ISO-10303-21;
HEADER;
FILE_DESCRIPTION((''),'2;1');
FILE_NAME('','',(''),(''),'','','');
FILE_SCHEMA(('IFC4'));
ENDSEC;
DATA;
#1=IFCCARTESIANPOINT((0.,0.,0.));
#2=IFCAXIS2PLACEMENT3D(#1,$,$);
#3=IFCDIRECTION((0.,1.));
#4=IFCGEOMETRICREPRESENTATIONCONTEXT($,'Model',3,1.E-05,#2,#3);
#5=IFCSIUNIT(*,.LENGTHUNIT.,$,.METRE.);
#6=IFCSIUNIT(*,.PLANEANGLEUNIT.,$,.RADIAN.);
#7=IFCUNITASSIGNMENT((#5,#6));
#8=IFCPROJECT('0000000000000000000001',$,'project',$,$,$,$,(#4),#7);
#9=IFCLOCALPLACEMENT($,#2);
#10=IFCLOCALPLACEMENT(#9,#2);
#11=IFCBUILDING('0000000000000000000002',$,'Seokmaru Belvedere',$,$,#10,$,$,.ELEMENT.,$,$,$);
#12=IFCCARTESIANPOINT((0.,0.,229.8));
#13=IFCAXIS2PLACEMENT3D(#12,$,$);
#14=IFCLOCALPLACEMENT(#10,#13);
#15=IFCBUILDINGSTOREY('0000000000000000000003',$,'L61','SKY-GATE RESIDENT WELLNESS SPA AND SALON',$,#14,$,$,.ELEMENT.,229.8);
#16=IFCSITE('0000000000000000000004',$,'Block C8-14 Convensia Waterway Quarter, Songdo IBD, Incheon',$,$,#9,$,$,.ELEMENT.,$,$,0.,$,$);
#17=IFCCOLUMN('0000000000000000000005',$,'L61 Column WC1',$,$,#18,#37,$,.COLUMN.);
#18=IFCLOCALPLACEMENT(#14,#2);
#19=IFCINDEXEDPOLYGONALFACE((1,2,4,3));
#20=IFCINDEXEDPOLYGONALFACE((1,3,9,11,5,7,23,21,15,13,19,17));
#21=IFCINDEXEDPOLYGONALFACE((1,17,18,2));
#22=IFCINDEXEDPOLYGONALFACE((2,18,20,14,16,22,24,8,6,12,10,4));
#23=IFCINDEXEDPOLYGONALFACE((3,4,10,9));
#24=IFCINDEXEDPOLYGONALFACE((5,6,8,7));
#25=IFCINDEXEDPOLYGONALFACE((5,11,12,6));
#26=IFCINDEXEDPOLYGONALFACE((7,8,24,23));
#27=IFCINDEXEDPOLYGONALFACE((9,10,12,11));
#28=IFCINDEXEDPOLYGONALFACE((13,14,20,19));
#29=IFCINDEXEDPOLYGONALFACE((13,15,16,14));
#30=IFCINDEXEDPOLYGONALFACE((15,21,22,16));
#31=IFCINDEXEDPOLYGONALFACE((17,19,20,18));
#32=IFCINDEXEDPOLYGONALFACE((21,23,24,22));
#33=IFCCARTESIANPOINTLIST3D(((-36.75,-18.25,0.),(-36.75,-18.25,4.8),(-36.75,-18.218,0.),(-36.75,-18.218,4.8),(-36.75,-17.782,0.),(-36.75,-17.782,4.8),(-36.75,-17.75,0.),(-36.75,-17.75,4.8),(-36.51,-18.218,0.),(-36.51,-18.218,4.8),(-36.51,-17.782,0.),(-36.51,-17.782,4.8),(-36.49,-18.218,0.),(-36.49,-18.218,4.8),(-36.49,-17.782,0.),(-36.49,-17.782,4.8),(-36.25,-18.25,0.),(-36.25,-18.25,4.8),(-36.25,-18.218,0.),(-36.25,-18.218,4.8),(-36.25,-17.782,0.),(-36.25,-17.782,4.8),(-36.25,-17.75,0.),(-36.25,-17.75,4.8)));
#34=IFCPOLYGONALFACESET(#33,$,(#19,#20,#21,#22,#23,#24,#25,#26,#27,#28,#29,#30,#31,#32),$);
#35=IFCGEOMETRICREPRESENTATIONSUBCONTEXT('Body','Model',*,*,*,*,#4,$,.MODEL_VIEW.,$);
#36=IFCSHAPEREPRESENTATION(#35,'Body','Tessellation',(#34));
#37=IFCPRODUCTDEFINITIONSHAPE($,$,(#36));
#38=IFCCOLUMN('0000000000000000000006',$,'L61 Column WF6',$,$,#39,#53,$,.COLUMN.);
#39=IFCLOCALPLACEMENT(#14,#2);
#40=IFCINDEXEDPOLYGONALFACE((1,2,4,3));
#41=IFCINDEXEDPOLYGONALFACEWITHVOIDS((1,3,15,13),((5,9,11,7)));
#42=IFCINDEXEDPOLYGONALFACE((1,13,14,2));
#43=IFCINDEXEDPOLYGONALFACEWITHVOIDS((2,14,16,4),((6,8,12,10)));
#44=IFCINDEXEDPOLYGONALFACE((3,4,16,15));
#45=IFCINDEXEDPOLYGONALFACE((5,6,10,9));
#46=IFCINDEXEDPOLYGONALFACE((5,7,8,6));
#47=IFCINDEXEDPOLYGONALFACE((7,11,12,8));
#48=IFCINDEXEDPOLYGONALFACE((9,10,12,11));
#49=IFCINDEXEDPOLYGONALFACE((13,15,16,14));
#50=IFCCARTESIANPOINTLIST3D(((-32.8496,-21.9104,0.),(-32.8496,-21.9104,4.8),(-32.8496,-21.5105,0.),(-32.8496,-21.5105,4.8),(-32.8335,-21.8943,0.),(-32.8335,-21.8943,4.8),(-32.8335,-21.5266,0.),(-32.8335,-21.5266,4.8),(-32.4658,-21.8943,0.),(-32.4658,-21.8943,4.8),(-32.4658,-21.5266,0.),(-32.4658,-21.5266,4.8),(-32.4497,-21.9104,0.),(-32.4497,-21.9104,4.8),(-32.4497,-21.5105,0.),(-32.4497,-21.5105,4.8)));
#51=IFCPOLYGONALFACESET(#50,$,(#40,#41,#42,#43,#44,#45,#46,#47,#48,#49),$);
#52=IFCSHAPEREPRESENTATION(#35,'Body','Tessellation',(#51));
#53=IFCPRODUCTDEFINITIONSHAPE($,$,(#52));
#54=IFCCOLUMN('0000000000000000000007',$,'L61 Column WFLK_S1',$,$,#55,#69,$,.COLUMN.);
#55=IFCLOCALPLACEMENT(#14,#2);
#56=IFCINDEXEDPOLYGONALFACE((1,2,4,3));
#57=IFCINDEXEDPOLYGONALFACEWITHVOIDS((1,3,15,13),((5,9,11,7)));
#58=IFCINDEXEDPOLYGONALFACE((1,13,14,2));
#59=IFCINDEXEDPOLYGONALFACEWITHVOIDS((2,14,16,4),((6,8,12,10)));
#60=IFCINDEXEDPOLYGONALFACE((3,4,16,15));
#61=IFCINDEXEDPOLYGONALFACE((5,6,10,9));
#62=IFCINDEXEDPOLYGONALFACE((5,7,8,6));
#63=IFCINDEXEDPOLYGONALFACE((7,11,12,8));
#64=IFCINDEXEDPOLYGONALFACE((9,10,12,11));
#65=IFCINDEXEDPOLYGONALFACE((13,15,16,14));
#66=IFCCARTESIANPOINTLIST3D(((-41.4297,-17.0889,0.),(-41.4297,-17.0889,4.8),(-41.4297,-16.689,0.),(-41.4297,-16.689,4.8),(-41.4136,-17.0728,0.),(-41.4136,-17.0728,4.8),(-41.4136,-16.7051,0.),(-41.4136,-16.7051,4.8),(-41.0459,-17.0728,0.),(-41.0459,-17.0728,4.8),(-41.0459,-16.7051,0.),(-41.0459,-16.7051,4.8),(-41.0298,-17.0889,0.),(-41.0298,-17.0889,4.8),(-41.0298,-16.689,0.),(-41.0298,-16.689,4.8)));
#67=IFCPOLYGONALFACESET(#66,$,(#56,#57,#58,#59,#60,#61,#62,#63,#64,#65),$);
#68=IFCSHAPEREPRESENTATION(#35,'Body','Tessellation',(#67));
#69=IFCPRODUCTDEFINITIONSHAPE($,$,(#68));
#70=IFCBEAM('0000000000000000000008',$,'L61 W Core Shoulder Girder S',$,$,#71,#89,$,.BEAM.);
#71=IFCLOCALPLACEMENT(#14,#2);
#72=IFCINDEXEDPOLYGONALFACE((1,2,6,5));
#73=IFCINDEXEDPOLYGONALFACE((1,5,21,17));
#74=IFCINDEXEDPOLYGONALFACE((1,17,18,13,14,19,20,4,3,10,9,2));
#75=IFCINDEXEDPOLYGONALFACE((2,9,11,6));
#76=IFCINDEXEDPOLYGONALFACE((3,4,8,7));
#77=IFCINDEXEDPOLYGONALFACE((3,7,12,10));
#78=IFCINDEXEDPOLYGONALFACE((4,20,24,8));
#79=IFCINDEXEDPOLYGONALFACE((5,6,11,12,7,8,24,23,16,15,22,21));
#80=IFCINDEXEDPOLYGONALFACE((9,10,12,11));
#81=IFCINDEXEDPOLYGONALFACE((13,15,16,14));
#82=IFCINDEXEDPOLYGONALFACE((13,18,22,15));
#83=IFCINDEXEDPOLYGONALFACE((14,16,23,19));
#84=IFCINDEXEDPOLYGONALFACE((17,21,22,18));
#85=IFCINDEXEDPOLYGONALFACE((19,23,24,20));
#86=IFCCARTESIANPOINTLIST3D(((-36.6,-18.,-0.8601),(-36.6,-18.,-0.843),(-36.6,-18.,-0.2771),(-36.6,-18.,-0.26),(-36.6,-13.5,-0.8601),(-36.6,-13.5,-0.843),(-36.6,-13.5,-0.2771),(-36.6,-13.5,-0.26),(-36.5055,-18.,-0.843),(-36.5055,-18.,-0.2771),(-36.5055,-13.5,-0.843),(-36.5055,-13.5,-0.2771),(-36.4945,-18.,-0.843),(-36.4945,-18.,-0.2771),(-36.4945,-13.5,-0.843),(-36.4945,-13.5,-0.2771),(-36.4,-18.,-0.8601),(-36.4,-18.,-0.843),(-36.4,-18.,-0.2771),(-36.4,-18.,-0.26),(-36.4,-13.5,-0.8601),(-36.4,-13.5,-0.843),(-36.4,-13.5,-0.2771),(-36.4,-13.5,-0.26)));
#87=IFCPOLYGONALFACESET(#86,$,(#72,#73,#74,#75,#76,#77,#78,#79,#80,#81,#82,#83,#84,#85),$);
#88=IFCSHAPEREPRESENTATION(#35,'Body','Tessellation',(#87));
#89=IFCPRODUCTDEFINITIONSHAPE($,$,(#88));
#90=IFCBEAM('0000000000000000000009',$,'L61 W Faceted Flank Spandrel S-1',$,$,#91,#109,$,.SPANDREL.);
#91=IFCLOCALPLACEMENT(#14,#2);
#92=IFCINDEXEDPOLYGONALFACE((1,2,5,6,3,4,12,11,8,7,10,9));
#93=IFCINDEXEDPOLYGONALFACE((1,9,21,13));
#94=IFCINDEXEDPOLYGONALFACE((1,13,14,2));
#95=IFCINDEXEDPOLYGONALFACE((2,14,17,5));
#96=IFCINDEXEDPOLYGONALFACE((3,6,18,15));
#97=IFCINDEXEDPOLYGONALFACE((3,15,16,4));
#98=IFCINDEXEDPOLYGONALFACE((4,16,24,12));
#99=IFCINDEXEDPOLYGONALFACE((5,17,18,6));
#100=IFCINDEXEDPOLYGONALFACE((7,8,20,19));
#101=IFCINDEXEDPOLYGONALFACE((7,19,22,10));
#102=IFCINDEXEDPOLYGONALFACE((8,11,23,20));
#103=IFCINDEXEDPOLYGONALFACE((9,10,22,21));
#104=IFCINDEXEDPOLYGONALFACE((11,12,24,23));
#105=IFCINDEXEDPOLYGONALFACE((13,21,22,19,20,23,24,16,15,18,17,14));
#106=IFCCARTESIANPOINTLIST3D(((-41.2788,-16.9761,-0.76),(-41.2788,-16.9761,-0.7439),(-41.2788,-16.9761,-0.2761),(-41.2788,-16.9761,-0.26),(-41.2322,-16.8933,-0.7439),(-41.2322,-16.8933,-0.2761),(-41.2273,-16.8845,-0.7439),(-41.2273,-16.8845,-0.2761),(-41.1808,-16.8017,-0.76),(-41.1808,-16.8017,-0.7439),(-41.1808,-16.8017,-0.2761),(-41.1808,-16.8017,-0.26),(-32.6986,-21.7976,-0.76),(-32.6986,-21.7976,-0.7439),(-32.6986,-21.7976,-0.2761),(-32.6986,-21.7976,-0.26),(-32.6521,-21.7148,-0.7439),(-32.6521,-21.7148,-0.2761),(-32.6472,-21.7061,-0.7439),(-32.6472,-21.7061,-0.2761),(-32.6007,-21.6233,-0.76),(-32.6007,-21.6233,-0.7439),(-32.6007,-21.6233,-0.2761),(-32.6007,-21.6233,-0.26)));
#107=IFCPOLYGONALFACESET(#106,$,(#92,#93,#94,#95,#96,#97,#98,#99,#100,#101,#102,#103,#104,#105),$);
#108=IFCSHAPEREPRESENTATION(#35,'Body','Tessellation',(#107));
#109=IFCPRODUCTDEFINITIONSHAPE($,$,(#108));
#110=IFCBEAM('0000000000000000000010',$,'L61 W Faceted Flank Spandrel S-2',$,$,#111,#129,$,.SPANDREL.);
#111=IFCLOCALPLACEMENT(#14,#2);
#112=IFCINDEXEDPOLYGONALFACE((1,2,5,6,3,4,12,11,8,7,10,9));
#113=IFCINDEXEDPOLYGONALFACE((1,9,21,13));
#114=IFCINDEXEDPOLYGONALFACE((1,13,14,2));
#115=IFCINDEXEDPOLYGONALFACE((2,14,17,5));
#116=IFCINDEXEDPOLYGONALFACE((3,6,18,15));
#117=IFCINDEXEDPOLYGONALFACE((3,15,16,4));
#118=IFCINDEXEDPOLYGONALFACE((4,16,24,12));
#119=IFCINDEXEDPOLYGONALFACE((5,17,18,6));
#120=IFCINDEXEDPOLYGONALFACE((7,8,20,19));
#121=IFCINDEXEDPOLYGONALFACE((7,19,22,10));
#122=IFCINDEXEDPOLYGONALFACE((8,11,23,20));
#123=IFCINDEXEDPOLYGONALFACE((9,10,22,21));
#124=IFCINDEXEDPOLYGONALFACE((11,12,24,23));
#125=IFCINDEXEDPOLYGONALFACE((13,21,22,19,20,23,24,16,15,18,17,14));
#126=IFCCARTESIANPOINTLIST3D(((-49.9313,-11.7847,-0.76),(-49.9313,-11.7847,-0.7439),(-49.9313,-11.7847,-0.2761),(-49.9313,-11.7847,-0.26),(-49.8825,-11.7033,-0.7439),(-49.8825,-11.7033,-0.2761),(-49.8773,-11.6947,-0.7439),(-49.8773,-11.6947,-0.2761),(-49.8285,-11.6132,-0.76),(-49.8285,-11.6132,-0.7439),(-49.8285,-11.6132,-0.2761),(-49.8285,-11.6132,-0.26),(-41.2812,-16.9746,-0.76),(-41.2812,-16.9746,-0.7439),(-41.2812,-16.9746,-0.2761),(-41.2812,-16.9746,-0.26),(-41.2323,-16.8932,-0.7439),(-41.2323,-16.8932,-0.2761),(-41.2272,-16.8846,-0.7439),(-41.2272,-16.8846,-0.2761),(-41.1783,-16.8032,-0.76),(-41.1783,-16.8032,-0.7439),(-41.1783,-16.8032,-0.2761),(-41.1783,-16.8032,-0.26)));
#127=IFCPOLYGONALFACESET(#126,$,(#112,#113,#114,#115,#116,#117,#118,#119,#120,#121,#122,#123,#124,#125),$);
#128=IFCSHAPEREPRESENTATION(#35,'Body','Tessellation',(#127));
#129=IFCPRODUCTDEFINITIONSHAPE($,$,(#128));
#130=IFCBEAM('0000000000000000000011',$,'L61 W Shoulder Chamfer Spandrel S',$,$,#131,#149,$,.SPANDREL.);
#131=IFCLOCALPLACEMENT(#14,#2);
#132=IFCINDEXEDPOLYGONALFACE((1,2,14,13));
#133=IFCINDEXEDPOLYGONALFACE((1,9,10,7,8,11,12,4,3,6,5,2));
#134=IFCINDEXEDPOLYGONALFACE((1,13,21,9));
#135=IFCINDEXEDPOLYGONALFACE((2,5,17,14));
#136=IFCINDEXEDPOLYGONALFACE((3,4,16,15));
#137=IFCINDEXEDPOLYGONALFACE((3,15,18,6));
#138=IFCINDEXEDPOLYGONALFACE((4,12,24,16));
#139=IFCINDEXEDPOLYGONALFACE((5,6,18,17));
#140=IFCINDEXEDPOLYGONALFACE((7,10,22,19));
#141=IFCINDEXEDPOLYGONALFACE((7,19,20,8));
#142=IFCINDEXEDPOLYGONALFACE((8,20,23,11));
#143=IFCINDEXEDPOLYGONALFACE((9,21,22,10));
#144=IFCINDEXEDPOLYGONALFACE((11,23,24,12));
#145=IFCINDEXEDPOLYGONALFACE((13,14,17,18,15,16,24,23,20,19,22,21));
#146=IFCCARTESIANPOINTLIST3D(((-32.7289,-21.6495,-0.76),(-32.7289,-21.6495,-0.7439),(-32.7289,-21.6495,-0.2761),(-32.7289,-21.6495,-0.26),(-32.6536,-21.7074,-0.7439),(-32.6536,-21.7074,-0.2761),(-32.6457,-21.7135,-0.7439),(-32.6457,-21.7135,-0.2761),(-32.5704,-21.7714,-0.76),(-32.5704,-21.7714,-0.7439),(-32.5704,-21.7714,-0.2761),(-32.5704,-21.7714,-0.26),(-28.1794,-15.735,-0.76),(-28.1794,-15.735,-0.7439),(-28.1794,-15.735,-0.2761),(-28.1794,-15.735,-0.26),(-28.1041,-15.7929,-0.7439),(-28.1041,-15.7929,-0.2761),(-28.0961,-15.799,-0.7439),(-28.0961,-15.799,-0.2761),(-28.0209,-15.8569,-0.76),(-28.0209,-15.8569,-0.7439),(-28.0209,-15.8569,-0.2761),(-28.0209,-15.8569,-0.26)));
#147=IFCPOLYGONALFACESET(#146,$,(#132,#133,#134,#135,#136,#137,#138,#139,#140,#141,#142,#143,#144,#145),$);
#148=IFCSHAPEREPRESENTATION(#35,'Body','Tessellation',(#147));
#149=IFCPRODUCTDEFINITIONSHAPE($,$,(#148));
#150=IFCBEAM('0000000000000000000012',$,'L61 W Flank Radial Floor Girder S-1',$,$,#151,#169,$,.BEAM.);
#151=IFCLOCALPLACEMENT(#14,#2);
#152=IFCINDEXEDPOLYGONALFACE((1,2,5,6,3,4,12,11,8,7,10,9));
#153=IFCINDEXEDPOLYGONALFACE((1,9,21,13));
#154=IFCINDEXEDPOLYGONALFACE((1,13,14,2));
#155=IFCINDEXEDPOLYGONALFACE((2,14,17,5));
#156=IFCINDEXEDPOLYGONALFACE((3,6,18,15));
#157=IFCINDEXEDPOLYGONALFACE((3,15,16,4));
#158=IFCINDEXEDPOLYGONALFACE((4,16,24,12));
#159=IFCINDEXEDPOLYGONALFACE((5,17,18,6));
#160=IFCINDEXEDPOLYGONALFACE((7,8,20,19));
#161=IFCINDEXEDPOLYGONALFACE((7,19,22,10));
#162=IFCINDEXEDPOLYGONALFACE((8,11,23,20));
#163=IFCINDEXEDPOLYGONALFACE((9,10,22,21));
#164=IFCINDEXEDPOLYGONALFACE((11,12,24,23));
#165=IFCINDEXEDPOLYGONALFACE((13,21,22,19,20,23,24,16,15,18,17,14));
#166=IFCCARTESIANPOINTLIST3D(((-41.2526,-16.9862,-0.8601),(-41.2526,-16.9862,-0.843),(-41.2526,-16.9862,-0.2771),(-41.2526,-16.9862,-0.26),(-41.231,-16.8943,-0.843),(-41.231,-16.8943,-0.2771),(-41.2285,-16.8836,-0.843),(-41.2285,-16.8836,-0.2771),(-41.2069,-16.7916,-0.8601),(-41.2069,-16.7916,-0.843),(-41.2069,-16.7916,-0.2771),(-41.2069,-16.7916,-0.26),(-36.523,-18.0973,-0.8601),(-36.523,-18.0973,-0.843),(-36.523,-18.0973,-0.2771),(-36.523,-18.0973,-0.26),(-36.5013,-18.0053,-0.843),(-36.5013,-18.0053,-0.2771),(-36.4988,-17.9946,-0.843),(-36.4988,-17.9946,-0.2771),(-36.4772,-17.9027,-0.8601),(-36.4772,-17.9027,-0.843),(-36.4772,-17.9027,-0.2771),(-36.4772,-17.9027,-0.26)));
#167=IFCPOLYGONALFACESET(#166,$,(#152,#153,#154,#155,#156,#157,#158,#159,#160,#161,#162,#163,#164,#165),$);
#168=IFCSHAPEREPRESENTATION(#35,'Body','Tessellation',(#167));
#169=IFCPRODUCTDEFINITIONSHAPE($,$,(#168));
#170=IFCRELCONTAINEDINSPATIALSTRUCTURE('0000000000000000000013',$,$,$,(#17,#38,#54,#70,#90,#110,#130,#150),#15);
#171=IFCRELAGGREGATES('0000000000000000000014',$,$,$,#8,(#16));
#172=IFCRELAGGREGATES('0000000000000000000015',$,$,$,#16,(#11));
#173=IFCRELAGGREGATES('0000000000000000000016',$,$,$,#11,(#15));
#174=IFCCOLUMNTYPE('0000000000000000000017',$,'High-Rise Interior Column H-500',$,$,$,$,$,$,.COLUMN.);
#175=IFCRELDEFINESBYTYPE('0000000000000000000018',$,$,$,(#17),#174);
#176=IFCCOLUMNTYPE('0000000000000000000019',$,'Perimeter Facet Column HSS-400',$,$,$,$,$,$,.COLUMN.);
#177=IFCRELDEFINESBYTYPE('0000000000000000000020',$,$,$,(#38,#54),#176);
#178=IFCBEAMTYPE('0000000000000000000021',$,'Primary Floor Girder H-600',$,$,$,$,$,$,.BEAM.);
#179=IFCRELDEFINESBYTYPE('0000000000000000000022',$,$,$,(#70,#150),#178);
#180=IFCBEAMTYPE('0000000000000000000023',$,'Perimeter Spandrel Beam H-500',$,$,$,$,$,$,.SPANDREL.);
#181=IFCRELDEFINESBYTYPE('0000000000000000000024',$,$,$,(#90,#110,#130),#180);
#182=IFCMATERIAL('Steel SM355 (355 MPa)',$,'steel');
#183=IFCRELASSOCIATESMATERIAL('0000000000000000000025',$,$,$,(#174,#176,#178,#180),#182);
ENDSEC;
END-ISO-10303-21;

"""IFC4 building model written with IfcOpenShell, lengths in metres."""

from ifc_helpers import new_model, si_unit, direction, frame, origin, origin_2d, place, context, subcontext, project, spatial, hollow_rectangle, i_section, extrude, source, transform, mapped, material, material_profile, profile_set, type_object, type_shapes, element, save


model = new_model("IFC4")

# Units and contexts
model_context = context("Model", 3, precision=1e-05, world=origin(), true_north=direction((0.0, 1.0)))
body_context = subcontext(model_context, "Body", "Model", "MODEL_VIEW")
ifc_project = project(units=[si_unit("LENGTHUNIT", "METRE"), si_unit("PLANEANGLEUNIT", "RADIAN")], contexts=[model_context])

# Site, building, storey
site_placement = place(None, origin())
site = spatial("IfcSite", under=ifc_project, at=site_placement, Name="Block C8-14 Convensia Waterway Quarter, Songdo IBD, Incheon", CompositionType="ELEMENT", RefElevation=0.0)
building_placement = place(site_placement, origin())
building = spatial("IfcBuilding", under=site, at=building_placement, Name="Seokmaru Belvedere", CompositionType="ELEMENT")
storey_placement = place(building_placement, frame((0.0, 0.0, 229.8)))
storey = spatial("IfcBuildingStorey", under=building, at=storey_placement, Name="L61", Description="SKY-GATE RESIDENT WELLNESS SPA AND SALON", CompositionType="ELEMENT", Elevation=229.8)

# Columns
ifc_material_1 = material(Name="Steel SM355 (355 MPa)", Category="steel")
ifc_material_profile_1 = material_profile(ifc_material_1, i_section(OverallWidth=0.5, OverallDepth=0.5, WebThickness=0.02, FlangeThickness=0.032, at=origin_2d()), Name="H-500x500x20x32")
ifc_profile_set_1 = profile_set([ifc_material_profile_1], Name="Steel SM355 (355 MPa)")
column_type_1 = type_object("IfcColumnType", Name="High-Rise Interior Column H-500", PredefinedType="COLUMN", material=ifc_profile_set_1)
shared_shape_1 = source(origin(), body_context, "Body", "SweptSolid", [
    extrude(i_section(OverallWidth=0.5, OverallDepth=0.5, WebThickness=0.02, FlangeThickness=0.032, at=origin_2d()), origin(), (0.0, 0.0, 1.0), 4.8),
])
type_shapes(column_type_1, [shared_shape_1])
column_placement = place(storey_placement, frame((-36.5, -18.0, 0.0), z_axis=(0.0, 0.0, 1.0), x_axis=(1.0, 0.0, 0.0)))
element("IfcColumn", 1, at=column_placement, inside=storey, type_object=column_type_1, Name="L61 Column WC1", PredefinedType="COLUMN", context=body_context, shape_type="MappedRepresentation", body=[
    mapped(shared_shape_1, transform((0.0, 0.0, 0.0), scale=1.0)),
])
ifc_material_profile_2 = material_profile(ifc_material_1, hollow_rectangle(XDim=0.3999, YDim=0.3999, WallThickness=0.0161, at=origin_2d()), Name="HSS-400x400x16")
ifc_profile_set_2 = profile_set([ifc_material_profile_2], Name="Steel SM355 (355 MPa)")
column_type_2 = type_object("IfcColumnType", Name="Perimeter Facet Column HSS-400", PredefinedType="COLUMN", material=ifc_profile_set_2)
shared_shape_2 = source(origin(), body_context, "Body", "SweptSolid", [
    extrude(hollow_rectangle(XDim=0.3999, YDim=0.3999, WallThickness=0.0161, at=origin_2d()), origin(), (0.0, 0.0, 1.0), 4.8),
])
type_shapes(column_type_2, [shared_shape_2])
for number, where, z_axis, x_axis, name in (
    (2, (-32.6497, -21.7104, 0.0), (0.0, 0.0, 1.0), (1.0, 0.0, 0.0), "L61 Column WF6"),
    (3, (-41.2297, -16.8889, 0.0), (0.0, 0.0, 1.0), (1.0, 0.0, 0.0), "L61 Column WFLK_S1"),
):
    element("IfcColumn", number, at=place(storey_placement, frame(where, z_axis=z_axis, x_axis=x_axis)), inside=storey, type_object=column_type_2, Name=name, PredefinedType="COLUMN", context=body_context, shape_type="MappedRepresentation", body=[
        mapped(shared_shape_2, transform((0.0, 0.0, 0.0), scale=1.0)),
    ])

# Beams
ifc_material_profile_3 = material_profile(ifc_material_1, i_section(OverallWidth=0.2, OverallDepth=0.6001, WebThickness=0.011, FlangeThickness=0.0171, at=origin_2d()), Name="H-600x200x11x17")
ifc_profile_set_3 = profile_set([ifc_material_profile_3], Name="Steel SM355 (355 MPa)")
beam_type_1 = type_object("IfcBeamType", Name="Primary Floor Girder H-600", PredefinedType="BEAM", material=ifc_profile_set_3)
shared_shape_3 = source(origin(), body_context, "Body", "SweptSolid", [
    extrude(i_section(OverallWidth=0.2, OverallDepth=0.6001, WebThickness=0.011, FlangeThickness=0.0171, at=origin_2d()), origin(), (0.0, 0.0, 1.0), 4.5),
])
beam_1_placement = place(storey_placement, frame((-36.5, -18.0, -0.5601), z_axis=(0.0, 1.0, 0.0), x_axis=(-1.0, 0.0, 0.0)))
element("IfcBeam", 4, at=beam_1_placement, inside=storey, type_object=beam_type_1, Name="L61 W Core Shoulder Girder S", PredefinedType="BEAM", context=body_context, shape_type="MappedRepresentation", body=[
    mapped(shared_shape_3, transform((0.0, 0.0, 0.0), scale=1.0)),
])
ifc_material_profile_4 = material_profile(ifc_material_1, i_section(OverallWidth=0.2, OverallDepth=0.5, WebThickness=0.01, FlangeThickness=0.0161, at=origin_2d()), Name="H-500x200x10x16")
ifc_profile_set_4 = profile_set([ifc_material_profile_4], Name="Steel SM355 (355 MPa)")
beam_type_2 = type_object("IfcBeamType", Name="Perimeter Spandrel Beam H-500", PredefinedType="SPANDREL", material=ifc_profile_set_4)
shared_shape_4 = source(origin(), body_context, "Body", "SweptSolid", [
    extrude(i_section(OverallWidth=0.2, OverallDepth=0.5, WebThickness=0.01, FlangeThickness=0.0161, at=origin_2d()), origin(), (0.0, 0.0, 1.0), 9.842),
])
beam_2_placement = place(storey_placement, frame((-32.6497, -21.7104, -0.51), z_axis=(-0.871782, 0.489894, 0.0), x_axis=(-0.489894, -0.871782, 0.0)))
element("IfcBeam", 5, at=beam_2_placement, inside=storey, type_object=beam_type_2, Name="L61 W Faceted Flank Spandrel S-1", PredefinedType="SPANDREL", context=body_context, shape_type="MappedRepresentation", body=[
    mapped(shared_shape_4, transform((0.0, 0.0, 0.0), scale=1.0)),
])
shared_shape_5 = source(origin(), body_context, "Body", "SweptSolid", [
    extrude(i_section(OverallWidth=0.2, OverallDepth=0.5, WebThickness=0.01, FlangeThickness=0.0161, at=origin_2d()), origin(), (0.0, 0.0, 1.0), 10.0876),
])
beam_3_placement = place(storey_placement, frame((-41.2297, -16.8889, -0.51), z_axis=(-0.857499, 0.514485, 0.0), x_axis=(-0.514485, -0.857499, 0.0)))
element("IfcBeam", 6, at=beam_3_placement, inside=storey, type_object=beam_type_2, Name="L61 W Faceted Flank Spandrel S-2", PredefinedType="SPANDREL", context=body_context, shape_type="MappedRepresentation", body=[
    mapped(shared_shape_5, transform((0.0, 0.0, 0.0), scale=1.0)),
])
shared_shape_6 = source(origin(), body_context, "Body", "SweptSolid", [
    extrude(i_section(OverallWidth=0.2, OverallDepth=0.5, WebThickness=0.01, FlangeThickness=0.0161, at=origin_2d()), origin(), (0.0, 0.0, 1.0), 7.4619),
])
type_shapes(beam_type_2, [shared_shape_4, shared_shape_5, shared_shape_6])
beam_4_placement = place(storey_placement, frame((-32.6497, -21.7104, -0.51), z_axis=(0.609703, 0.79263, 0.0), x_axis=(-0.79263, 0.609703, 0.0)))
element("IfcBeam", 7, at=beam_4_placement, inside=storey, type_object=beam_type_2, Name="L61 W Shoulder Chamfer Spandrel S", PredefinedType="SPANDREL", context=body_context, shape_type="MappedRepresentation", body=[
    mapped(shared_shape_6, transform((0.0, 0.0, 0.0), scale=1.0)),
])
shared_shape_7 = source(origin(), body_context, "Body", "SweptSolid", [
    extrude(i_section(OverallWidth=0.2, OverallDepth=0.6001, WebThickness=0.011, FlangeThickness=0.0171, at=origin_2d()), origin(), (0.0, 0.0, 1.0), 4.8584),
])
type_shapes(beam_type_1, [shared_shape_3, shared_shape_7])
beam_5_placement = place(storey_placement, frame((-41.2297, -16.8889, -0.5601), z_axis=(0.973499, -0.228689, 0.0), x_axis=(0.228689, 0.973499, 0.0)))
element("IfcBeam", 8, at=beam_5_placement, inside=storey, type_object=beam_type_1, Name="L61 W Flank Radial Floor Girder S-1", PredefinedType="BEAM", context=body_context, shape_type="MappedRepresentation", body=[
    mapped(shared_shape_7, transform((0.0, 0.0, 0.0), scale=1.0)),
])

save(model, "model.ifc")
